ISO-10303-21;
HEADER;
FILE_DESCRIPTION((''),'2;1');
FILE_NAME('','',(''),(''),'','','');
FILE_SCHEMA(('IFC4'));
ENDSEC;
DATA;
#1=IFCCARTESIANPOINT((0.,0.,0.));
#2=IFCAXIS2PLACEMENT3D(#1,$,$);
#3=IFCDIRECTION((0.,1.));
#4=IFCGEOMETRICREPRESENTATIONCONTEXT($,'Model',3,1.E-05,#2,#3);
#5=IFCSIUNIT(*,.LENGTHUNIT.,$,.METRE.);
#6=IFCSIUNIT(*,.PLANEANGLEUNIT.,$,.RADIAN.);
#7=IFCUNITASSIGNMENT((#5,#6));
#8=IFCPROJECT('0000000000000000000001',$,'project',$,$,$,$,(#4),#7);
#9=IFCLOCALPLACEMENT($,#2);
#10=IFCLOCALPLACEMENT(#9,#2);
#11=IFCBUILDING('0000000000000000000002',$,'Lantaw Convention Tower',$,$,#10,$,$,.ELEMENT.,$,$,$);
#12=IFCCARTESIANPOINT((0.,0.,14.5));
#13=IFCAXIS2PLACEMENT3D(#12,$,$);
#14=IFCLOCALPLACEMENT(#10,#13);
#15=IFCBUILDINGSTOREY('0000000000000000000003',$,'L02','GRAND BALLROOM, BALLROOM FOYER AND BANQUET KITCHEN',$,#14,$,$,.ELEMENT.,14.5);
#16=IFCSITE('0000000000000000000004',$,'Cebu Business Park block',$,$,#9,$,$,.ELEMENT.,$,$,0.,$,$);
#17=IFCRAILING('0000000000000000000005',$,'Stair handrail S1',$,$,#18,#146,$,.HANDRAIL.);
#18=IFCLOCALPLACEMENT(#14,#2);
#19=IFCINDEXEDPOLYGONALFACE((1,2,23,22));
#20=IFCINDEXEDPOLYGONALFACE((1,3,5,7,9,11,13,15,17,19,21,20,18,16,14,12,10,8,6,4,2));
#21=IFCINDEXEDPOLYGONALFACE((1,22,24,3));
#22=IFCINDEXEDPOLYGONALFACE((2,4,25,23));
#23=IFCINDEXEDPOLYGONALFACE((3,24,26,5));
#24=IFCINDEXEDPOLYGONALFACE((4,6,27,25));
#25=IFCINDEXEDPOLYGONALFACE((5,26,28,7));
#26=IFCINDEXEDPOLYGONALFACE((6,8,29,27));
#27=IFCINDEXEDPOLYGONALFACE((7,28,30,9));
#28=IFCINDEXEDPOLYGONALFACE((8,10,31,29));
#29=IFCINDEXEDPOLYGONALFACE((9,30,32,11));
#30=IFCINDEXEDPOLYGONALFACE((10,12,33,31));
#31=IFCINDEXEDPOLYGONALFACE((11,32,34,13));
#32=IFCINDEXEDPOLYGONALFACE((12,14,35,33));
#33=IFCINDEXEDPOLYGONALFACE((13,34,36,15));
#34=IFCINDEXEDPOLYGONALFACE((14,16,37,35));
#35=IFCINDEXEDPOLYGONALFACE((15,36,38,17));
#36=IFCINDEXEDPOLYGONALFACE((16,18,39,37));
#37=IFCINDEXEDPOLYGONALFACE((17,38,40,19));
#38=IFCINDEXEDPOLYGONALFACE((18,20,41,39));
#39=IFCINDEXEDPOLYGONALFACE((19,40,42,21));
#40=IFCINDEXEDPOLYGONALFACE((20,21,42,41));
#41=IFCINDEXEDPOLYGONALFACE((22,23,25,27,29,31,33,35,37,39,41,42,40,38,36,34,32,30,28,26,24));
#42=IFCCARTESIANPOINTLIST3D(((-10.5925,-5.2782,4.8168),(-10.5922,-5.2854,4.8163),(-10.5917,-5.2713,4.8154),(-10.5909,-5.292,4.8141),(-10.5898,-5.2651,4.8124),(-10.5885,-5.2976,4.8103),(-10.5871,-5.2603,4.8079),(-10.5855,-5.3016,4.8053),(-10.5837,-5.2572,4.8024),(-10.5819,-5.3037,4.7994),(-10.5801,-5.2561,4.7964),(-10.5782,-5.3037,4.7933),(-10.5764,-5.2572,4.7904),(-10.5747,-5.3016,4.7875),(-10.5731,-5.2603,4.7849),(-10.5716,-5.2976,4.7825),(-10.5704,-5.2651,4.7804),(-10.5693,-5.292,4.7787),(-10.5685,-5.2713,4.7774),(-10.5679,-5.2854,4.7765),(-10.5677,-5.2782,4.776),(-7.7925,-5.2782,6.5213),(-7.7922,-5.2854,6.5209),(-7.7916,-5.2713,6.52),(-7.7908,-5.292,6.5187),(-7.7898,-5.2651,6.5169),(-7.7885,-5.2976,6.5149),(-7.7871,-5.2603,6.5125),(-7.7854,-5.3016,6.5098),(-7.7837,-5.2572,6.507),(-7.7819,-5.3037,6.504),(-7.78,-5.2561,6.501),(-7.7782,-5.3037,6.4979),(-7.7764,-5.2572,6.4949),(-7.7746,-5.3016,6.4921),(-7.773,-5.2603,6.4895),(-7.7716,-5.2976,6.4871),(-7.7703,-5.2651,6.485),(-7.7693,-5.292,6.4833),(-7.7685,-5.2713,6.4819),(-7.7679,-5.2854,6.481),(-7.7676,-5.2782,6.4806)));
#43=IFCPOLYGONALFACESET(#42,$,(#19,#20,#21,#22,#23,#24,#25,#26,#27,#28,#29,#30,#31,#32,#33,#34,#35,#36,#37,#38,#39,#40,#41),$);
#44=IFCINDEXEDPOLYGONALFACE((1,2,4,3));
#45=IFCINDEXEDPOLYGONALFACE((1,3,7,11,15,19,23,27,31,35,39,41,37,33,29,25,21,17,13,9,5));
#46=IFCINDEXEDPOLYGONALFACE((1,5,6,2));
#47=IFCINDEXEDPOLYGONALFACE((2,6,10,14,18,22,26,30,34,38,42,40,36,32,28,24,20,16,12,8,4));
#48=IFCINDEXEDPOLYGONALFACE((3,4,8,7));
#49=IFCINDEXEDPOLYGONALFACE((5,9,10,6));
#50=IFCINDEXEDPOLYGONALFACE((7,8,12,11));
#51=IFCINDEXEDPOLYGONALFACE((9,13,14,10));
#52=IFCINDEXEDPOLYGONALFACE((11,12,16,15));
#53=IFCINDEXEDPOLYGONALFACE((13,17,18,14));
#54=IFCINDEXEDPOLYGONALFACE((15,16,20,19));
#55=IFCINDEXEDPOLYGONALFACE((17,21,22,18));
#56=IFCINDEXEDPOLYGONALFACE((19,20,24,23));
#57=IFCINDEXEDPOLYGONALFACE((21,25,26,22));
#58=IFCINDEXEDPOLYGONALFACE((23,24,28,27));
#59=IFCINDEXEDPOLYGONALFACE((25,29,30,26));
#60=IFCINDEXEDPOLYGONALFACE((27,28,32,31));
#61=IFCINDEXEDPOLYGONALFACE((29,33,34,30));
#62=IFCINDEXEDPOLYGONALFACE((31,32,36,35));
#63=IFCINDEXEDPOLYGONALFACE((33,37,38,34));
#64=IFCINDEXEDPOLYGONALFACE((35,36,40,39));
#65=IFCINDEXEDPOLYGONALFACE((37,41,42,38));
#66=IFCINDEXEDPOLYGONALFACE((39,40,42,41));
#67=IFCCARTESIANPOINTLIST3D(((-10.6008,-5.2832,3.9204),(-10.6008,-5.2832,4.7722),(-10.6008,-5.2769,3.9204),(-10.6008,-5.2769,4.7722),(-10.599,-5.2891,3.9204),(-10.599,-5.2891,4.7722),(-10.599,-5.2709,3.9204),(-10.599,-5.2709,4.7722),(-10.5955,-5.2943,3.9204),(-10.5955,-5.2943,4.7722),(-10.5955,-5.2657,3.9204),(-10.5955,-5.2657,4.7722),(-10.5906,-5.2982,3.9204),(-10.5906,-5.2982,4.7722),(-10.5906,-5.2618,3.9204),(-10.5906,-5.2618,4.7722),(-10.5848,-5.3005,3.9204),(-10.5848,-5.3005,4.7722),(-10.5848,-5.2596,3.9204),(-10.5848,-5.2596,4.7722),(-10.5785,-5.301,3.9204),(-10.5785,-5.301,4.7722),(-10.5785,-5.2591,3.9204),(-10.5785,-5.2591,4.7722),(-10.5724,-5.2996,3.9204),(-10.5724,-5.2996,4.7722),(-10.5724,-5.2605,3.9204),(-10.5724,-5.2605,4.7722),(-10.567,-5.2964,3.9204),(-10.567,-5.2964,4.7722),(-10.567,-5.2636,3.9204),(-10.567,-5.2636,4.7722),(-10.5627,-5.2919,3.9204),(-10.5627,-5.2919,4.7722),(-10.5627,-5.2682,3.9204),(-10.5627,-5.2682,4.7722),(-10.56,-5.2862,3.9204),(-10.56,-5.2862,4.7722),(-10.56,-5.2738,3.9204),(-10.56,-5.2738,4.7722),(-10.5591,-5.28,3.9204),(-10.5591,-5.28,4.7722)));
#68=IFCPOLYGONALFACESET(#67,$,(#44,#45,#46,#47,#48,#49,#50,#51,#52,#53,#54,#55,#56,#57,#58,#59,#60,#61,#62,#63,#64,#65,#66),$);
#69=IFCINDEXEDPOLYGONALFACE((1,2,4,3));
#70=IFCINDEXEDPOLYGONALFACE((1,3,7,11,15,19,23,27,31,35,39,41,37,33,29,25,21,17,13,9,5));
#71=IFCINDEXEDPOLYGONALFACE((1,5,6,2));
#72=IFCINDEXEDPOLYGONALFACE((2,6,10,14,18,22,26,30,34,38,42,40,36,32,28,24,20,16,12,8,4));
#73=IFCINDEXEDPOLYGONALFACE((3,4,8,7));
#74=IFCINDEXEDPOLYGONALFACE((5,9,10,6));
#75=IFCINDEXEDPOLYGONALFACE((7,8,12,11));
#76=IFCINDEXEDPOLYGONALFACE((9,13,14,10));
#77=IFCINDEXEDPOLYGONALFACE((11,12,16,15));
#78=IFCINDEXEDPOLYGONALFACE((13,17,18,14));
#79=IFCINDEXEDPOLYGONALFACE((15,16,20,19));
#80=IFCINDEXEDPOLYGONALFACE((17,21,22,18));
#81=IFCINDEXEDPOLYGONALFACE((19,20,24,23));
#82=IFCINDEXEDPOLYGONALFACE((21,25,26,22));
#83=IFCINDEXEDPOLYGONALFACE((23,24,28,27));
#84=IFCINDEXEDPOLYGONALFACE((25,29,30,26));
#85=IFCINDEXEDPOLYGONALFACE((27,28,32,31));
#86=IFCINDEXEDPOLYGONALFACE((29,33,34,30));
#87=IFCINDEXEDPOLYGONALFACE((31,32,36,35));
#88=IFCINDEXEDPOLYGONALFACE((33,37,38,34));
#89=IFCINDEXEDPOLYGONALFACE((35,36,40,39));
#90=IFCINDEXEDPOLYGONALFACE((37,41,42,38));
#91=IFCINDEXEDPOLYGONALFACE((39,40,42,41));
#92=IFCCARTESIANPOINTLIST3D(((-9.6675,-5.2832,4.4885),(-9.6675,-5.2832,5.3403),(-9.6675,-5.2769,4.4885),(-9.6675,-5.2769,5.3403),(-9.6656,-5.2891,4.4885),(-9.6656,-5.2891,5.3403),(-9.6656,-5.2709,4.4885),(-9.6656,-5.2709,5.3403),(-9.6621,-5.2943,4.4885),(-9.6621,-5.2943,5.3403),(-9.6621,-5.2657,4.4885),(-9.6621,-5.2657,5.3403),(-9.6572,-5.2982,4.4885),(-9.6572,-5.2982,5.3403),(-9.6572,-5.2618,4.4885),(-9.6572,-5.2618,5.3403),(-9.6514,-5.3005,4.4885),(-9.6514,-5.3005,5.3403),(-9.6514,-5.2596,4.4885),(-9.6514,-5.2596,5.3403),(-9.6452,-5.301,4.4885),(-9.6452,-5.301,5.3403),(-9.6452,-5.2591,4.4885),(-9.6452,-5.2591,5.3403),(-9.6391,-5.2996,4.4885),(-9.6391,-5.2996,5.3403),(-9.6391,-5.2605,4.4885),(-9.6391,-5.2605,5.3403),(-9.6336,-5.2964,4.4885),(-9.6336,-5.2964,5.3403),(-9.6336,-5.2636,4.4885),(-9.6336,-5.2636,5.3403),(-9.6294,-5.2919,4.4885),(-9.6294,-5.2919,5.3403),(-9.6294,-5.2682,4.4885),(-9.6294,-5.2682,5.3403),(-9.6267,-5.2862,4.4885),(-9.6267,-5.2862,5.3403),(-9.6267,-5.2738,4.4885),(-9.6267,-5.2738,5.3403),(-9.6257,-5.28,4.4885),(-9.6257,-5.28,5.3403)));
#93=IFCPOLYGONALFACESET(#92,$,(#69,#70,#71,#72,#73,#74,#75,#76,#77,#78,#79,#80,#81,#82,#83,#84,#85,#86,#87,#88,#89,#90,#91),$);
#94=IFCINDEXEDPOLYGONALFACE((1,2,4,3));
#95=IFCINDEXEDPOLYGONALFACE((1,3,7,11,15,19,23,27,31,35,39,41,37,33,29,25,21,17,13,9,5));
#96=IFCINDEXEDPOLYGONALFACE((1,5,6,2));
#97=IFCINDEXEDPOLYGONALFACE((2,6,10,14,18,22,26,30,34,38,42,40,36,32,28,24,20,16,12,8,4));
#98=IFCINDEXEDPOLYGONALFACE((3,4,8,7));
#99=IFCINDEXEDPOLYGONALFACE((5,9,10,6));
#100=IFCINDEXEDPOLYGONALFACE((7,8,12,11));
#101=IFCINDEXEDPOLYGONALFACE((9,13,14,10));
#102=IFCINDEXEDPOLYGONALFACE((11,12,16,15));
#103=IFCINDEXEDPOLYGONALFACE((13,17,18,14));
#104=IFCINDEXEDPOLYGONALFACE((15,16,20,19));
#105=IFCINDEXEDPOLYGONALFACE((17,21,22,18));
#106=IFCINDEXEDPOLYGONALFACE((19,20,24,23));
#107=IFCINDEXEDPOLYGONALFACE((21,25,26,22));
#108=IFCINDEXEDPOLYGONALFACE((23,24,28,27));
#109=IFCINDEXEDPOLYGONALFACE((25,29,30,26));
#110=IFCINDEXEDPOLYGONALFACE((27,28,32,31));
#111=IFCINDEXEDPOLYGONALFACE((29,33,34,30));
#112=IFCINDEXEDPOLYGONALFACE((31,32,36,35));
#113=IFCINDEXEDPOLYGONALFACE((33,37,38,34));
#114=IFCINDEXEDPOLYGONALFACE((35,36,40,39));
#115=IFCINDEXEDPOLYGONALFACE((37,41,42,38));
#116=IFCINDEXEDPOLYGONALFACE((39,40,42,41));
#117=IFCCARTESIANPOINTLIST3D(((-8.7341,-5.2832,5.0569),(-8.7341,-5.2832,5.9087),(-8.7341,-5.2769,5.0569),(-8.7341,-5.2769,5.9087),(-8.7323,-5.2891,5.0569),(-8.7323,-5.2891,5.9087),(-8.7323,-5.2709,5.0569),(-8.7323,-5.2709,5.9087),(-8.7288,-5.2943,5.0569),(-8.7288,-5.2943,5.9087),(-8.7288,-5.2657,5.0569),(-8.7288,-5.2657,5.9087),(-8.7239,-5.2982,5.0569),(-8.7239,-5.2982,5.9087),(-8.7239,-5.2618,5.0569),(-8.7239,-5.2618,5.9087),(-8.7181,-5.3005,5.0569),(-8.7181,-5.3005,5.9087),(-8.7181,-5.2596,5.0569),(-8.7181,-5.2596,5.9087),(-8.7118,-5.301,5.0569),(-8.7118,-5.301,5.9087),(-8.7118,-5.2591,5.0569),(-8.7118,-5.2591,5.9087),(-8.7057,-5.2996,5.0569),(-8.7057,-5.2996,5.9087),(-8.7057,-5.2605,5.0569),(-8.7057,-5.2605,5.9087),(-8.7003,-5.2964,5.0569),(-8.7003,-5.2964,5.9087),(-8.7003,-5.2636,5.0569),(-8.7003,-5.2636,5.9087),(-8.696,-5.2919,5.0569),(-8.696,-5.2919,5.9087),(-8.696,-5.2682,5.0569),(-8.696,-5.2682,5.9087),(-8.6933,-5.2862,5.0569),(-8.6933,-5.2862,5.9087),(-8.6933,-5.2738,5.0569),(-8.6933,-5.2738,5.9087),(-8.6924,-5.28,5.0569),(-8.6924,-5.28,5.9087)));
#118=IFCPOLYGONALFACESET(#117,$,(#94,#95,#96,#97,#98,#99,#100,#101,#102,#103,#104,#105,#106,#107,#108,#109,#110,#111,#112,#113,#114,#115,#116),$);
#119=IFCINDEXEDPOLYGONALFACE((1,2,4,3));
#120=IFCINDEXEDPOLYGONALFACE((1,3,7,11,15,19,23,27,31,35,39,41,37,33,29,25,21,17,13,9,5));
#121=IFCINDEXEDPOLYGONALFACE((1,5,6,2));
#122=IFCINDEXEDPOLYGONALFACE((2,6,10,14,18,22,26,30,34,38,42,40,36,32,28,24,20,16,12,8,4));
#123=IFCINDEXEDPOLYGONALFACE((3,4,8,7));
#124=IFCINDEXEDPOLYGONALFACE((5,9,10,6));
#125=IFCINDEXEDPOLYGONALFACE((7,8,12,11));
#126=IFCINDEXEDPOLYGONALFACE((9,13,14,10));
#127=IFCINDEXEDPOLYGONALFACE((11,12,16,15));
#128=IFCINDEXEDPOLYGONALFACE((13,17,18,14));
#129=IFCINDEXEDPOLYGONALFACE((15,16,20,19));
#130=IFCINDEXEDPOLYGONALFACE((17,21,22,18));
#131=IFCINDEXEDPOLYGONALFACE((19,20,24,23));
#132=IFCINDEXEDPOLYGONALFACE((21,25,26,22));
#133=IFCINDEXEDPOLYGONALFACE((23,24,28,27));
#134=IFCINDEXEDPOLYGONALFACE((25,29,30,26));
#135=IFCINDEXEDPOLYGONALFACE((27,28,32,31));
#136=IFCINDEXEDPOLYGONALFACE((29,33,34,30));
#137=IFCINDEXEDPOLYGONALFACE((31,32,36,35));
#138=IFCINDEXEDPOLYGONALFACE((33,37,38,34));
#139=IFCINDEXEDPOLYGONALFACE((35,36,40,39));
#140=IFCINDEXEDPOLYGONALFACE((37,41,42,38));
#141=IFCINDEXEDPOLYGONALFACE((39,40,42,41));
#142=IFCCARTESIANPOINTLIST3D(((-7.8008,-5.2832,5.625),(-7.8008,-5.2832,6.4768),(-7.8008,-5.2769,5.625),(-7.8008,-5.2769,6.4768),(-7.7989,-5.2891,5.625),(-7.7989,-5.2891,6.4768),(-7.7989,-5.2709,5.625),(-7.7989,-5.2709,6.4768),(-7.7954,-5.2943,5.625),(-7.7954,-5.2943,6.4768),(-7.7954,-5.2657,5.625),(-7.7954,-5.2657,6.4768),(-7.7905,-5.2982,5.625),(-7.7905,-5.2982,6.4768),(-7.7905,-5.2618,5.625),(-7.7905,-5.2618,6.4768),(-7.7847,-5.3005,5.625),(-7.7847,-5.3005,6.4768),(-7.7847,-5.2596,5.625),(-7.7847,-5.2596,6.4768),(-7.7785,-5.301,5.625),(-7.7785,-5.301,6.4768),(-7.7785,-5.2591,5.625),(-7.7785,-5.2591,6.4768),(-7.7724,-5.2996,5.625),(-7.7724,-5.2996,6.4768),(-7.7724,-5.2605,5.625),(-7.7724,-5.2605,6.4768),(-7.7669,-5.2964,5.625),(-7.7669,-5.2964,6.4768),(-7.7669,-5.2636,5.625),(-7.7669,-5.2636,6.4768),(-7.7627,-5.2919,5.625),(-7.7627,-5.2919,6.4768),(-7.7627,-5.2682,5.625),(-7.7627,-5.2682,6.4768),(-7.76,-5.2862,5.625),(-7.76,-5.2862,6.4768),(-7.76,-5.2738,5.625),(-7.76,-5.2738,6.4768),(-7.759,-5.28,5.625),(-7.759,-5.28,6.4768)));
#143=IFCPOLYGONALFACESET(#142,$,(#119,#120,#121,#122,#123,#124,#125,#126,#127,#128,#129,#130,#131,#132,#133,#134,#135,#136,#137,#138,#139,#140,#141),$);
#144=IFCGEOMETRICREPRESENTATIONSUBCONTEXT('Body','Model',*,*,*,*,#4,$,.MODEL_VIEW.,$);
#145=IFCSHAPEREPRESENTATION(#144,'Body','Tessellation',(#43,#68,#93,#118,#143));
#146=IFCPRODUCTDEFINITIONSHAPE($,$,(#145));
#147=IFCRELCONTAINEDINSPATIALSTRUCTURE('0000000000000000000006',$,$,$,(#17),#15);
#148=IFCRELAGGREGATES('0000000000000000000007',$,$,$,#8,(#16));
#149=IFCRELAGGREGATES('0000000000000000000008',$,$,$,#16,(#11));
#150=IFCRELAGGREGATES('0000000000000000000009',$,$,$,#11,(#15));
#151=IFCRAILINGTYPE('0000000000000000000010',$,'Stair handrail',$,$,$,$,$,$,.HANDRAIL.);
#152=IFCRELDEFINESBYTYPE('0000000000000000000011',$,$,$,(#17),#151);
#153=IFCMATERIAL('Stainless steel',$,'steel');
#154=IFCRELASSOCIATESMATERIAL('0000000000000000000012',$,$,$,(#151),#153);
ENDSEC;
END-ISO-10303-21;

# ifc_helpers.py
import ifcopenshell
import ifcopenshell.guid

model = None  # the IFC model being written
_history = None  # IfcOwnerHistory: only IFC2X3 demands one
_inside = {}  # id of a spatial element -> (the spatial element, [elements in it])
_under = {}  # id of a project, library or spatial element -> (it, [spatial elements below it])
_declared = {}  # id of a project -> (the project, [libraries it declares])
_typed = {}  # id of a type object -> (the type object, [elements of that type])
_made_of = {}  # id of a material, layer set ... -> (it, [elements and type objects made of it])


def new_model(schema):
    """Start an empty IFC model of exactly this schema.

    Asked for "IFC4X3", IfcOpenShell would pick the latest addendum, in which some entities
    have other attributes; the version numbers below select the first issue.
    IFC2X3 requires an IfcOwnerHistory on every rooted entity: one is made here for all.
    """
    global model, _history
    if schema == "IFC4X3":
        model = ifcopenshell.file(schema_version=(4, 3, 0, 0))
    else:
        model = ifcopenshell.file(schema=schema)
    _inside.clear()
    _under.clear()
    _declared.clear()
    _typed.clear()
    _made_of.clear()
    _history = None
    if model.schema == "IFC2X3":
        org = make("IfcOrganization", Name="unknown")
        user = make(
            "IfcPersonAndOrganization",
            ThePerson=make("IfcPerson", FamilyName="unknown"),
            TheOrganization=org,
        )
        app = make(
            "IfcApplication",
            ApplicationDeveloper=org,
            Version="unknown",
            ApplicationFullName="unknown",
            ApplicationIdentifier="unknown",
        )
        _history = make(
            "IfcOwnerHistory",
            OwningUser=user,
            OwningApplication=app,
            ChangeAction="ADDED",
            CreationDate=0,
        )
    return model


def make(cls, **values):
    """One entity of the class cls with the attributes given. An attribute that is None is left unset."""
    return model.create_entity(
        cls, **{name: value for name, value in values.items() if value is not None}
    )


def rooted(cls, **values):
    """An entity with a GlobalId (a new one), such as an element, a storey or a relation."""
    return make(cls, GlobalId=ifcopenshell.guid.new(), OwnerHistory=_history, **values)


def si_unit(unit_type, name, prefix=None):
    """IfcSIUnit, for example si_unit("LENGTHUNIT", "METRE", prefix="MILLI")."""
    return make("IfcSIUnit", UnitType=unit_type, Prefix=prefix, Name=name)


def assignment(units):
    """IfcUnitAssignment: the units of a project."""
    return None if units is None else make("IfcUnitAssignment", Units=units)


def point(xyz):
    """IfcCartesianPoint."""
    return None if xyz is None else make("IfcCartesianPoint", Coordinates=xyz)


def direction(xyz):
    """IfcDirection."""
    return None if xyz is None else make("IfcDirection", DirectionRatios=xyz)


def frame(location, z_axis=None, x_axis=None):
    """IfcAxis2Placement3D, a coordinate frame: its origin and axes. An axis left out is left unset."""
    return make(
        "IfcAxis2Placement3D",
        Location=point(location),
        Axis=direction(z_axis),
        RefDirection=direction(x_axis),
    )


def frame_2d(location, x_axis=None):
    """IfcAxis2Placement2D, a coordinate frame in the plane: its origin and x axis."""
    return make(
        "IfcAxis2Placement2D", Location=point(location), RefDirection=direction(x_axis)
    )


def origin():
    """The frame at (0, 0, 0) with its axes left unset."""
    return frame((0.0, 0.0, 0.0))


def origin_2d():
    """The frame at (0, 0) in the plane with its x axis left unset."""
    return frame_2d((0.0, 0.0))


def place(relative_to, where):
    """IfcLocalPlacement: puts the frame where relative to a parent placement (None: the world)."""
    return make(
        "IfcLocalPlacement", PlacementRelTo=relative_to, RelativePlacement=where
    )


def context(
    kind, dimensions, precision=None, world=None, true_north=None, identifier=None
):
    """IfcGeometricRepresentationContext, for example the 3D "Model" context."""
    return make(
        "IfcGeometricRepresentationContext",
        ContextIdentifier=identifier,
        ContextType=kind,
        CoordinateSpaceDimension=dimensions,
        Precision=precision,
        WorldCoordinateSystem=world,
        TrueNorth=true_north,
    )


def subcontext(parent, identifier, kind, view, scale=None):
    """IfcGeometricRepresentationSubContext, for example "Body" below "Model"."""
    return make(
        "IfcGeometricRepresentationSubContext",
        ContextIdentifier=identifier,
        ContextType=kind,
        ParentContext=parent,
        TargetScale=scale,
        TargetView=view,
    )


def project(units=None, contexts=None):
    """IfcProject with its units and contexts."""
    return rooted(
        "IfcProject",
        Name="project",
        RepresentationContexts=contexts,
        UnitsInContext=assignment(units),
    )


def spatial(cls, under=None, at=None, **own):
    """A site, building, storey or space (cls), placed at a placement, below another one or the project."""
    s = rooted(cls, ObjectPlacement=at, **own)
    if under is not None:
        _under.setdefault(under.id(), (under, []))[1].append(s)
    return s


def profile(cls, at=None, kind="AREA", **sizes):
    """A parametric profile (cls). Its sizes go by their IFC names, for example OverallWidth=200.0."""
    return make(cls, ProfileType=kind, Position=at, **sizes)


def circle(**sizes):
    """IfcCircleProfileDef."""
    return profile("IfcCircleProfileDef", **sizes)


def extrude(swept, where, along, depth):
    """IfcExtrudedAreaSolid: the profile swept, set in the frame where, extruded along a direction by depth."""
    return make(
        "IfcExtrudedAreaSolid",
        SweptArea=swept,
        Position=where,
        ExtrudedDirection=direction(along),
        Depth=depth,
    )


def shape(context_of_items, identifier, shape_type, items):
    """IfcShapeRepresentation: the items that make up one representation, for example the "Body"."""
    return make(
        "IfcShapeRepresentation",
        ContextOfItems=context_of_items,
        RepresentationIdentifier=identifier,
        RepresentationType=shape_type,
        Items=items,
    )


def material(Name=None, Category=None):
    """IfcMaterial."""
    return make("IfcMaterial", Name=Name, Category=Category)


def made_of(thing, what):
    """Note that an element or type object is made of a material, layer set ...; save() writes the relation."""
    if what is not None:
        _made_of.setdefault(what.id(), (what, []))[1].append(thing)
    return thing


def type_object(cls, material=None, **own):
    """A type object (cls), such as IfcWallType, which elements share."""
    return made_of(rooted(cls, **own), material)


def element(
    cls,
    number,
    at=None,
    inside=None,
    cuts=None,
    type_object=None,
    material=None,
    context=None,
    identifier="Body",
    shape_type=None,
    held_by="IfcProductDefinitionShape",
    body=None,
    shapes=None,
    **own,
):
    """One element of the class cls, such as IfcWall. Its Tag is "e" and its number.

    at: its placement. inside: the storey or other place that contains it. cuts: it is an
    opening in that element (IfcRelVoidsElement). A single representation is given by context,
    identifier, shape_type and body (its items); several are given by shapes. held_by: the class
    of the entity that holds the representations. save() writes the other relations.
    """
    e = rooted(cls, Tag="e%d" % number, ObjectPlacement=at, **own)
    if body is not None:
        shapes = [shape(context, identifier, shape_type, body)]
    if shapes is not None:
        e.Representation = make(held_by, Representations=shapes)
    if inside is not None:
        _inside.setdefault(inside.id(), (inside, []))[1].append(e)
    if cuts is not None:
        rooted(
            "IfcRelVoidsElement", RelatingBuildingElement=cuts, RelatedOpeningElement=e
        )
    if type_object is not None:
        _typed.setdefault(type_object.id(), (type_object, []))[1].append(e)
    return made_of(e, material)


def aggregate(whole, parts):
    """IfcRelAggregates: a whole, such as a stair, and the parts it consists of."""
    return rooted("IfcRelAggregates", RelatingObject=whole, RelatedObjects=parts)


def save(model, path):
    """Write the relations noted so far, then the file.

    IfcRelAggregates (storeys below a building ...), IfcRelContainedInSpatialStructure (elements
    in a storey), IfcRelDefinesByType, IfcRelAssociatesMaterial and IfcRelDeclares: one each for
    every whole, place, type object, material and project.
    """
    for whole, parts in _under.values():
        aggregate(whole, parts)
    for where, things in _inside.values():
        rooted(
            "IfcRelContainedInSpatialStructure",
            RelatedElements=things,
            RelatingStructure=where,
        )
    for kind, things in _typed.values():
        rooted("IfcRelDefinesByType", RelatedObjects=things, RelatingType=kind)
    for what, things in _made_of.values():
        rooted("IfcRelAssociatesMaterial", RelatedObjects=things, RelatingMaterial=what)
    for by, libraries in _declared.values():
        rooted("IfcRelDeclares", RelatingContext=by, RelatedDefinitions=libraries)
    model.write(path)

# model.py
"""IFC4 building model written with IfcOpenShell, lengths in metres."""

from ifc_helpers import new_model, si_unit, direction, frame, origin, origin_2d, place, context, subcontext, project, spatial, circle, extrude, material, type_object, element, save


model = new_model("IFC4")

# Units and contexts
model_context = context("Model", 3, precision=1e-05, world=origin(), true_north=direction((0.0, 1.0)))
body_context = subcontext(model_context, "Body", "Model", "MODEL_VIEW")
ifc_project = project(units=[si_unit("LENGTHUNIT", "METRE"), si_unit("PLANEANGLEUNIT", "RADIAN")], contexts=[model_context])

# Site, building, storey
site_placement = place(None, origin())
site = spatial("IfcSite", under=ifc_project, at=site_placement, Name="Cebu Business Park block", CompositionType="ELEMENT", RefElevation=0.0)
building_placement = place(site_placement, origin())
building = spatial("IfcBuilding", under=site, at=building_placement, Name="Lantaw Convention Tower", CompositionType="ELEMENT")
storey_placement = place(building_placement, frame((0.0, 0.0, 14.5)))
storey = spatial("IfcBuildingStorey", under=building, at=storey_placement, Name="L02", Description="GRAND BALLROOM, BALLROOM FOYER AND BANQUET KITCHEN", CompositionType="ELEMENT", Elevation=14.5)

# Railing
ifc_material_1 = material(Name="Stainless steel", Category="steel")
railing_type = type_object("IfcRailingType", Name="Stair handrail", PredefinedType="HANDRAIL", material=ifc_material_1)
railing_1_placement = place(storey_placement, frame((-10.5801, -5.28, 3.9204)))
element("IfcRailing", 1, at=railing_1_placement, inside=storey, type_object=railing_type, Name="Stair handrail S1", PredefinedType="HANDRAIL", context=body_context, shape_type="SweptSolid", body=[
    extrude(circle(Radius=0.0239, at=origin_2d()), frame((0.0, 0.0, 0.876), z_axis=(0.85417, 0.0, 0.519994), x_axis=(0.0, 1.0, 0.0)), (0.0, 0.0, 1.0), 3.2781),
    extrude(circle(Radius=0.021, at=origin_2d()), origin(), (0.0, 0.0, 1.0), 0.8518),
    extrude(circle(Radius=0.021, at=origin_2d()), frame((0.9333, 0.0, 0.5681)), (0.0, 0.0, 1.0), 0.8518),
    extrude(circle(Radius=0.021, at=origin_2d()), frame((1.8667, 0.0, 1.1365)), (0.0, 0.0, 1.0), 0.8518),
    extrude(circle(Radius=0.021, at=origin_2d()), frame((2.8, 0.0, 1.7046)), (0.0, 0.0, 1.0), 0.8518),
])

save(model, "model.ifc")
